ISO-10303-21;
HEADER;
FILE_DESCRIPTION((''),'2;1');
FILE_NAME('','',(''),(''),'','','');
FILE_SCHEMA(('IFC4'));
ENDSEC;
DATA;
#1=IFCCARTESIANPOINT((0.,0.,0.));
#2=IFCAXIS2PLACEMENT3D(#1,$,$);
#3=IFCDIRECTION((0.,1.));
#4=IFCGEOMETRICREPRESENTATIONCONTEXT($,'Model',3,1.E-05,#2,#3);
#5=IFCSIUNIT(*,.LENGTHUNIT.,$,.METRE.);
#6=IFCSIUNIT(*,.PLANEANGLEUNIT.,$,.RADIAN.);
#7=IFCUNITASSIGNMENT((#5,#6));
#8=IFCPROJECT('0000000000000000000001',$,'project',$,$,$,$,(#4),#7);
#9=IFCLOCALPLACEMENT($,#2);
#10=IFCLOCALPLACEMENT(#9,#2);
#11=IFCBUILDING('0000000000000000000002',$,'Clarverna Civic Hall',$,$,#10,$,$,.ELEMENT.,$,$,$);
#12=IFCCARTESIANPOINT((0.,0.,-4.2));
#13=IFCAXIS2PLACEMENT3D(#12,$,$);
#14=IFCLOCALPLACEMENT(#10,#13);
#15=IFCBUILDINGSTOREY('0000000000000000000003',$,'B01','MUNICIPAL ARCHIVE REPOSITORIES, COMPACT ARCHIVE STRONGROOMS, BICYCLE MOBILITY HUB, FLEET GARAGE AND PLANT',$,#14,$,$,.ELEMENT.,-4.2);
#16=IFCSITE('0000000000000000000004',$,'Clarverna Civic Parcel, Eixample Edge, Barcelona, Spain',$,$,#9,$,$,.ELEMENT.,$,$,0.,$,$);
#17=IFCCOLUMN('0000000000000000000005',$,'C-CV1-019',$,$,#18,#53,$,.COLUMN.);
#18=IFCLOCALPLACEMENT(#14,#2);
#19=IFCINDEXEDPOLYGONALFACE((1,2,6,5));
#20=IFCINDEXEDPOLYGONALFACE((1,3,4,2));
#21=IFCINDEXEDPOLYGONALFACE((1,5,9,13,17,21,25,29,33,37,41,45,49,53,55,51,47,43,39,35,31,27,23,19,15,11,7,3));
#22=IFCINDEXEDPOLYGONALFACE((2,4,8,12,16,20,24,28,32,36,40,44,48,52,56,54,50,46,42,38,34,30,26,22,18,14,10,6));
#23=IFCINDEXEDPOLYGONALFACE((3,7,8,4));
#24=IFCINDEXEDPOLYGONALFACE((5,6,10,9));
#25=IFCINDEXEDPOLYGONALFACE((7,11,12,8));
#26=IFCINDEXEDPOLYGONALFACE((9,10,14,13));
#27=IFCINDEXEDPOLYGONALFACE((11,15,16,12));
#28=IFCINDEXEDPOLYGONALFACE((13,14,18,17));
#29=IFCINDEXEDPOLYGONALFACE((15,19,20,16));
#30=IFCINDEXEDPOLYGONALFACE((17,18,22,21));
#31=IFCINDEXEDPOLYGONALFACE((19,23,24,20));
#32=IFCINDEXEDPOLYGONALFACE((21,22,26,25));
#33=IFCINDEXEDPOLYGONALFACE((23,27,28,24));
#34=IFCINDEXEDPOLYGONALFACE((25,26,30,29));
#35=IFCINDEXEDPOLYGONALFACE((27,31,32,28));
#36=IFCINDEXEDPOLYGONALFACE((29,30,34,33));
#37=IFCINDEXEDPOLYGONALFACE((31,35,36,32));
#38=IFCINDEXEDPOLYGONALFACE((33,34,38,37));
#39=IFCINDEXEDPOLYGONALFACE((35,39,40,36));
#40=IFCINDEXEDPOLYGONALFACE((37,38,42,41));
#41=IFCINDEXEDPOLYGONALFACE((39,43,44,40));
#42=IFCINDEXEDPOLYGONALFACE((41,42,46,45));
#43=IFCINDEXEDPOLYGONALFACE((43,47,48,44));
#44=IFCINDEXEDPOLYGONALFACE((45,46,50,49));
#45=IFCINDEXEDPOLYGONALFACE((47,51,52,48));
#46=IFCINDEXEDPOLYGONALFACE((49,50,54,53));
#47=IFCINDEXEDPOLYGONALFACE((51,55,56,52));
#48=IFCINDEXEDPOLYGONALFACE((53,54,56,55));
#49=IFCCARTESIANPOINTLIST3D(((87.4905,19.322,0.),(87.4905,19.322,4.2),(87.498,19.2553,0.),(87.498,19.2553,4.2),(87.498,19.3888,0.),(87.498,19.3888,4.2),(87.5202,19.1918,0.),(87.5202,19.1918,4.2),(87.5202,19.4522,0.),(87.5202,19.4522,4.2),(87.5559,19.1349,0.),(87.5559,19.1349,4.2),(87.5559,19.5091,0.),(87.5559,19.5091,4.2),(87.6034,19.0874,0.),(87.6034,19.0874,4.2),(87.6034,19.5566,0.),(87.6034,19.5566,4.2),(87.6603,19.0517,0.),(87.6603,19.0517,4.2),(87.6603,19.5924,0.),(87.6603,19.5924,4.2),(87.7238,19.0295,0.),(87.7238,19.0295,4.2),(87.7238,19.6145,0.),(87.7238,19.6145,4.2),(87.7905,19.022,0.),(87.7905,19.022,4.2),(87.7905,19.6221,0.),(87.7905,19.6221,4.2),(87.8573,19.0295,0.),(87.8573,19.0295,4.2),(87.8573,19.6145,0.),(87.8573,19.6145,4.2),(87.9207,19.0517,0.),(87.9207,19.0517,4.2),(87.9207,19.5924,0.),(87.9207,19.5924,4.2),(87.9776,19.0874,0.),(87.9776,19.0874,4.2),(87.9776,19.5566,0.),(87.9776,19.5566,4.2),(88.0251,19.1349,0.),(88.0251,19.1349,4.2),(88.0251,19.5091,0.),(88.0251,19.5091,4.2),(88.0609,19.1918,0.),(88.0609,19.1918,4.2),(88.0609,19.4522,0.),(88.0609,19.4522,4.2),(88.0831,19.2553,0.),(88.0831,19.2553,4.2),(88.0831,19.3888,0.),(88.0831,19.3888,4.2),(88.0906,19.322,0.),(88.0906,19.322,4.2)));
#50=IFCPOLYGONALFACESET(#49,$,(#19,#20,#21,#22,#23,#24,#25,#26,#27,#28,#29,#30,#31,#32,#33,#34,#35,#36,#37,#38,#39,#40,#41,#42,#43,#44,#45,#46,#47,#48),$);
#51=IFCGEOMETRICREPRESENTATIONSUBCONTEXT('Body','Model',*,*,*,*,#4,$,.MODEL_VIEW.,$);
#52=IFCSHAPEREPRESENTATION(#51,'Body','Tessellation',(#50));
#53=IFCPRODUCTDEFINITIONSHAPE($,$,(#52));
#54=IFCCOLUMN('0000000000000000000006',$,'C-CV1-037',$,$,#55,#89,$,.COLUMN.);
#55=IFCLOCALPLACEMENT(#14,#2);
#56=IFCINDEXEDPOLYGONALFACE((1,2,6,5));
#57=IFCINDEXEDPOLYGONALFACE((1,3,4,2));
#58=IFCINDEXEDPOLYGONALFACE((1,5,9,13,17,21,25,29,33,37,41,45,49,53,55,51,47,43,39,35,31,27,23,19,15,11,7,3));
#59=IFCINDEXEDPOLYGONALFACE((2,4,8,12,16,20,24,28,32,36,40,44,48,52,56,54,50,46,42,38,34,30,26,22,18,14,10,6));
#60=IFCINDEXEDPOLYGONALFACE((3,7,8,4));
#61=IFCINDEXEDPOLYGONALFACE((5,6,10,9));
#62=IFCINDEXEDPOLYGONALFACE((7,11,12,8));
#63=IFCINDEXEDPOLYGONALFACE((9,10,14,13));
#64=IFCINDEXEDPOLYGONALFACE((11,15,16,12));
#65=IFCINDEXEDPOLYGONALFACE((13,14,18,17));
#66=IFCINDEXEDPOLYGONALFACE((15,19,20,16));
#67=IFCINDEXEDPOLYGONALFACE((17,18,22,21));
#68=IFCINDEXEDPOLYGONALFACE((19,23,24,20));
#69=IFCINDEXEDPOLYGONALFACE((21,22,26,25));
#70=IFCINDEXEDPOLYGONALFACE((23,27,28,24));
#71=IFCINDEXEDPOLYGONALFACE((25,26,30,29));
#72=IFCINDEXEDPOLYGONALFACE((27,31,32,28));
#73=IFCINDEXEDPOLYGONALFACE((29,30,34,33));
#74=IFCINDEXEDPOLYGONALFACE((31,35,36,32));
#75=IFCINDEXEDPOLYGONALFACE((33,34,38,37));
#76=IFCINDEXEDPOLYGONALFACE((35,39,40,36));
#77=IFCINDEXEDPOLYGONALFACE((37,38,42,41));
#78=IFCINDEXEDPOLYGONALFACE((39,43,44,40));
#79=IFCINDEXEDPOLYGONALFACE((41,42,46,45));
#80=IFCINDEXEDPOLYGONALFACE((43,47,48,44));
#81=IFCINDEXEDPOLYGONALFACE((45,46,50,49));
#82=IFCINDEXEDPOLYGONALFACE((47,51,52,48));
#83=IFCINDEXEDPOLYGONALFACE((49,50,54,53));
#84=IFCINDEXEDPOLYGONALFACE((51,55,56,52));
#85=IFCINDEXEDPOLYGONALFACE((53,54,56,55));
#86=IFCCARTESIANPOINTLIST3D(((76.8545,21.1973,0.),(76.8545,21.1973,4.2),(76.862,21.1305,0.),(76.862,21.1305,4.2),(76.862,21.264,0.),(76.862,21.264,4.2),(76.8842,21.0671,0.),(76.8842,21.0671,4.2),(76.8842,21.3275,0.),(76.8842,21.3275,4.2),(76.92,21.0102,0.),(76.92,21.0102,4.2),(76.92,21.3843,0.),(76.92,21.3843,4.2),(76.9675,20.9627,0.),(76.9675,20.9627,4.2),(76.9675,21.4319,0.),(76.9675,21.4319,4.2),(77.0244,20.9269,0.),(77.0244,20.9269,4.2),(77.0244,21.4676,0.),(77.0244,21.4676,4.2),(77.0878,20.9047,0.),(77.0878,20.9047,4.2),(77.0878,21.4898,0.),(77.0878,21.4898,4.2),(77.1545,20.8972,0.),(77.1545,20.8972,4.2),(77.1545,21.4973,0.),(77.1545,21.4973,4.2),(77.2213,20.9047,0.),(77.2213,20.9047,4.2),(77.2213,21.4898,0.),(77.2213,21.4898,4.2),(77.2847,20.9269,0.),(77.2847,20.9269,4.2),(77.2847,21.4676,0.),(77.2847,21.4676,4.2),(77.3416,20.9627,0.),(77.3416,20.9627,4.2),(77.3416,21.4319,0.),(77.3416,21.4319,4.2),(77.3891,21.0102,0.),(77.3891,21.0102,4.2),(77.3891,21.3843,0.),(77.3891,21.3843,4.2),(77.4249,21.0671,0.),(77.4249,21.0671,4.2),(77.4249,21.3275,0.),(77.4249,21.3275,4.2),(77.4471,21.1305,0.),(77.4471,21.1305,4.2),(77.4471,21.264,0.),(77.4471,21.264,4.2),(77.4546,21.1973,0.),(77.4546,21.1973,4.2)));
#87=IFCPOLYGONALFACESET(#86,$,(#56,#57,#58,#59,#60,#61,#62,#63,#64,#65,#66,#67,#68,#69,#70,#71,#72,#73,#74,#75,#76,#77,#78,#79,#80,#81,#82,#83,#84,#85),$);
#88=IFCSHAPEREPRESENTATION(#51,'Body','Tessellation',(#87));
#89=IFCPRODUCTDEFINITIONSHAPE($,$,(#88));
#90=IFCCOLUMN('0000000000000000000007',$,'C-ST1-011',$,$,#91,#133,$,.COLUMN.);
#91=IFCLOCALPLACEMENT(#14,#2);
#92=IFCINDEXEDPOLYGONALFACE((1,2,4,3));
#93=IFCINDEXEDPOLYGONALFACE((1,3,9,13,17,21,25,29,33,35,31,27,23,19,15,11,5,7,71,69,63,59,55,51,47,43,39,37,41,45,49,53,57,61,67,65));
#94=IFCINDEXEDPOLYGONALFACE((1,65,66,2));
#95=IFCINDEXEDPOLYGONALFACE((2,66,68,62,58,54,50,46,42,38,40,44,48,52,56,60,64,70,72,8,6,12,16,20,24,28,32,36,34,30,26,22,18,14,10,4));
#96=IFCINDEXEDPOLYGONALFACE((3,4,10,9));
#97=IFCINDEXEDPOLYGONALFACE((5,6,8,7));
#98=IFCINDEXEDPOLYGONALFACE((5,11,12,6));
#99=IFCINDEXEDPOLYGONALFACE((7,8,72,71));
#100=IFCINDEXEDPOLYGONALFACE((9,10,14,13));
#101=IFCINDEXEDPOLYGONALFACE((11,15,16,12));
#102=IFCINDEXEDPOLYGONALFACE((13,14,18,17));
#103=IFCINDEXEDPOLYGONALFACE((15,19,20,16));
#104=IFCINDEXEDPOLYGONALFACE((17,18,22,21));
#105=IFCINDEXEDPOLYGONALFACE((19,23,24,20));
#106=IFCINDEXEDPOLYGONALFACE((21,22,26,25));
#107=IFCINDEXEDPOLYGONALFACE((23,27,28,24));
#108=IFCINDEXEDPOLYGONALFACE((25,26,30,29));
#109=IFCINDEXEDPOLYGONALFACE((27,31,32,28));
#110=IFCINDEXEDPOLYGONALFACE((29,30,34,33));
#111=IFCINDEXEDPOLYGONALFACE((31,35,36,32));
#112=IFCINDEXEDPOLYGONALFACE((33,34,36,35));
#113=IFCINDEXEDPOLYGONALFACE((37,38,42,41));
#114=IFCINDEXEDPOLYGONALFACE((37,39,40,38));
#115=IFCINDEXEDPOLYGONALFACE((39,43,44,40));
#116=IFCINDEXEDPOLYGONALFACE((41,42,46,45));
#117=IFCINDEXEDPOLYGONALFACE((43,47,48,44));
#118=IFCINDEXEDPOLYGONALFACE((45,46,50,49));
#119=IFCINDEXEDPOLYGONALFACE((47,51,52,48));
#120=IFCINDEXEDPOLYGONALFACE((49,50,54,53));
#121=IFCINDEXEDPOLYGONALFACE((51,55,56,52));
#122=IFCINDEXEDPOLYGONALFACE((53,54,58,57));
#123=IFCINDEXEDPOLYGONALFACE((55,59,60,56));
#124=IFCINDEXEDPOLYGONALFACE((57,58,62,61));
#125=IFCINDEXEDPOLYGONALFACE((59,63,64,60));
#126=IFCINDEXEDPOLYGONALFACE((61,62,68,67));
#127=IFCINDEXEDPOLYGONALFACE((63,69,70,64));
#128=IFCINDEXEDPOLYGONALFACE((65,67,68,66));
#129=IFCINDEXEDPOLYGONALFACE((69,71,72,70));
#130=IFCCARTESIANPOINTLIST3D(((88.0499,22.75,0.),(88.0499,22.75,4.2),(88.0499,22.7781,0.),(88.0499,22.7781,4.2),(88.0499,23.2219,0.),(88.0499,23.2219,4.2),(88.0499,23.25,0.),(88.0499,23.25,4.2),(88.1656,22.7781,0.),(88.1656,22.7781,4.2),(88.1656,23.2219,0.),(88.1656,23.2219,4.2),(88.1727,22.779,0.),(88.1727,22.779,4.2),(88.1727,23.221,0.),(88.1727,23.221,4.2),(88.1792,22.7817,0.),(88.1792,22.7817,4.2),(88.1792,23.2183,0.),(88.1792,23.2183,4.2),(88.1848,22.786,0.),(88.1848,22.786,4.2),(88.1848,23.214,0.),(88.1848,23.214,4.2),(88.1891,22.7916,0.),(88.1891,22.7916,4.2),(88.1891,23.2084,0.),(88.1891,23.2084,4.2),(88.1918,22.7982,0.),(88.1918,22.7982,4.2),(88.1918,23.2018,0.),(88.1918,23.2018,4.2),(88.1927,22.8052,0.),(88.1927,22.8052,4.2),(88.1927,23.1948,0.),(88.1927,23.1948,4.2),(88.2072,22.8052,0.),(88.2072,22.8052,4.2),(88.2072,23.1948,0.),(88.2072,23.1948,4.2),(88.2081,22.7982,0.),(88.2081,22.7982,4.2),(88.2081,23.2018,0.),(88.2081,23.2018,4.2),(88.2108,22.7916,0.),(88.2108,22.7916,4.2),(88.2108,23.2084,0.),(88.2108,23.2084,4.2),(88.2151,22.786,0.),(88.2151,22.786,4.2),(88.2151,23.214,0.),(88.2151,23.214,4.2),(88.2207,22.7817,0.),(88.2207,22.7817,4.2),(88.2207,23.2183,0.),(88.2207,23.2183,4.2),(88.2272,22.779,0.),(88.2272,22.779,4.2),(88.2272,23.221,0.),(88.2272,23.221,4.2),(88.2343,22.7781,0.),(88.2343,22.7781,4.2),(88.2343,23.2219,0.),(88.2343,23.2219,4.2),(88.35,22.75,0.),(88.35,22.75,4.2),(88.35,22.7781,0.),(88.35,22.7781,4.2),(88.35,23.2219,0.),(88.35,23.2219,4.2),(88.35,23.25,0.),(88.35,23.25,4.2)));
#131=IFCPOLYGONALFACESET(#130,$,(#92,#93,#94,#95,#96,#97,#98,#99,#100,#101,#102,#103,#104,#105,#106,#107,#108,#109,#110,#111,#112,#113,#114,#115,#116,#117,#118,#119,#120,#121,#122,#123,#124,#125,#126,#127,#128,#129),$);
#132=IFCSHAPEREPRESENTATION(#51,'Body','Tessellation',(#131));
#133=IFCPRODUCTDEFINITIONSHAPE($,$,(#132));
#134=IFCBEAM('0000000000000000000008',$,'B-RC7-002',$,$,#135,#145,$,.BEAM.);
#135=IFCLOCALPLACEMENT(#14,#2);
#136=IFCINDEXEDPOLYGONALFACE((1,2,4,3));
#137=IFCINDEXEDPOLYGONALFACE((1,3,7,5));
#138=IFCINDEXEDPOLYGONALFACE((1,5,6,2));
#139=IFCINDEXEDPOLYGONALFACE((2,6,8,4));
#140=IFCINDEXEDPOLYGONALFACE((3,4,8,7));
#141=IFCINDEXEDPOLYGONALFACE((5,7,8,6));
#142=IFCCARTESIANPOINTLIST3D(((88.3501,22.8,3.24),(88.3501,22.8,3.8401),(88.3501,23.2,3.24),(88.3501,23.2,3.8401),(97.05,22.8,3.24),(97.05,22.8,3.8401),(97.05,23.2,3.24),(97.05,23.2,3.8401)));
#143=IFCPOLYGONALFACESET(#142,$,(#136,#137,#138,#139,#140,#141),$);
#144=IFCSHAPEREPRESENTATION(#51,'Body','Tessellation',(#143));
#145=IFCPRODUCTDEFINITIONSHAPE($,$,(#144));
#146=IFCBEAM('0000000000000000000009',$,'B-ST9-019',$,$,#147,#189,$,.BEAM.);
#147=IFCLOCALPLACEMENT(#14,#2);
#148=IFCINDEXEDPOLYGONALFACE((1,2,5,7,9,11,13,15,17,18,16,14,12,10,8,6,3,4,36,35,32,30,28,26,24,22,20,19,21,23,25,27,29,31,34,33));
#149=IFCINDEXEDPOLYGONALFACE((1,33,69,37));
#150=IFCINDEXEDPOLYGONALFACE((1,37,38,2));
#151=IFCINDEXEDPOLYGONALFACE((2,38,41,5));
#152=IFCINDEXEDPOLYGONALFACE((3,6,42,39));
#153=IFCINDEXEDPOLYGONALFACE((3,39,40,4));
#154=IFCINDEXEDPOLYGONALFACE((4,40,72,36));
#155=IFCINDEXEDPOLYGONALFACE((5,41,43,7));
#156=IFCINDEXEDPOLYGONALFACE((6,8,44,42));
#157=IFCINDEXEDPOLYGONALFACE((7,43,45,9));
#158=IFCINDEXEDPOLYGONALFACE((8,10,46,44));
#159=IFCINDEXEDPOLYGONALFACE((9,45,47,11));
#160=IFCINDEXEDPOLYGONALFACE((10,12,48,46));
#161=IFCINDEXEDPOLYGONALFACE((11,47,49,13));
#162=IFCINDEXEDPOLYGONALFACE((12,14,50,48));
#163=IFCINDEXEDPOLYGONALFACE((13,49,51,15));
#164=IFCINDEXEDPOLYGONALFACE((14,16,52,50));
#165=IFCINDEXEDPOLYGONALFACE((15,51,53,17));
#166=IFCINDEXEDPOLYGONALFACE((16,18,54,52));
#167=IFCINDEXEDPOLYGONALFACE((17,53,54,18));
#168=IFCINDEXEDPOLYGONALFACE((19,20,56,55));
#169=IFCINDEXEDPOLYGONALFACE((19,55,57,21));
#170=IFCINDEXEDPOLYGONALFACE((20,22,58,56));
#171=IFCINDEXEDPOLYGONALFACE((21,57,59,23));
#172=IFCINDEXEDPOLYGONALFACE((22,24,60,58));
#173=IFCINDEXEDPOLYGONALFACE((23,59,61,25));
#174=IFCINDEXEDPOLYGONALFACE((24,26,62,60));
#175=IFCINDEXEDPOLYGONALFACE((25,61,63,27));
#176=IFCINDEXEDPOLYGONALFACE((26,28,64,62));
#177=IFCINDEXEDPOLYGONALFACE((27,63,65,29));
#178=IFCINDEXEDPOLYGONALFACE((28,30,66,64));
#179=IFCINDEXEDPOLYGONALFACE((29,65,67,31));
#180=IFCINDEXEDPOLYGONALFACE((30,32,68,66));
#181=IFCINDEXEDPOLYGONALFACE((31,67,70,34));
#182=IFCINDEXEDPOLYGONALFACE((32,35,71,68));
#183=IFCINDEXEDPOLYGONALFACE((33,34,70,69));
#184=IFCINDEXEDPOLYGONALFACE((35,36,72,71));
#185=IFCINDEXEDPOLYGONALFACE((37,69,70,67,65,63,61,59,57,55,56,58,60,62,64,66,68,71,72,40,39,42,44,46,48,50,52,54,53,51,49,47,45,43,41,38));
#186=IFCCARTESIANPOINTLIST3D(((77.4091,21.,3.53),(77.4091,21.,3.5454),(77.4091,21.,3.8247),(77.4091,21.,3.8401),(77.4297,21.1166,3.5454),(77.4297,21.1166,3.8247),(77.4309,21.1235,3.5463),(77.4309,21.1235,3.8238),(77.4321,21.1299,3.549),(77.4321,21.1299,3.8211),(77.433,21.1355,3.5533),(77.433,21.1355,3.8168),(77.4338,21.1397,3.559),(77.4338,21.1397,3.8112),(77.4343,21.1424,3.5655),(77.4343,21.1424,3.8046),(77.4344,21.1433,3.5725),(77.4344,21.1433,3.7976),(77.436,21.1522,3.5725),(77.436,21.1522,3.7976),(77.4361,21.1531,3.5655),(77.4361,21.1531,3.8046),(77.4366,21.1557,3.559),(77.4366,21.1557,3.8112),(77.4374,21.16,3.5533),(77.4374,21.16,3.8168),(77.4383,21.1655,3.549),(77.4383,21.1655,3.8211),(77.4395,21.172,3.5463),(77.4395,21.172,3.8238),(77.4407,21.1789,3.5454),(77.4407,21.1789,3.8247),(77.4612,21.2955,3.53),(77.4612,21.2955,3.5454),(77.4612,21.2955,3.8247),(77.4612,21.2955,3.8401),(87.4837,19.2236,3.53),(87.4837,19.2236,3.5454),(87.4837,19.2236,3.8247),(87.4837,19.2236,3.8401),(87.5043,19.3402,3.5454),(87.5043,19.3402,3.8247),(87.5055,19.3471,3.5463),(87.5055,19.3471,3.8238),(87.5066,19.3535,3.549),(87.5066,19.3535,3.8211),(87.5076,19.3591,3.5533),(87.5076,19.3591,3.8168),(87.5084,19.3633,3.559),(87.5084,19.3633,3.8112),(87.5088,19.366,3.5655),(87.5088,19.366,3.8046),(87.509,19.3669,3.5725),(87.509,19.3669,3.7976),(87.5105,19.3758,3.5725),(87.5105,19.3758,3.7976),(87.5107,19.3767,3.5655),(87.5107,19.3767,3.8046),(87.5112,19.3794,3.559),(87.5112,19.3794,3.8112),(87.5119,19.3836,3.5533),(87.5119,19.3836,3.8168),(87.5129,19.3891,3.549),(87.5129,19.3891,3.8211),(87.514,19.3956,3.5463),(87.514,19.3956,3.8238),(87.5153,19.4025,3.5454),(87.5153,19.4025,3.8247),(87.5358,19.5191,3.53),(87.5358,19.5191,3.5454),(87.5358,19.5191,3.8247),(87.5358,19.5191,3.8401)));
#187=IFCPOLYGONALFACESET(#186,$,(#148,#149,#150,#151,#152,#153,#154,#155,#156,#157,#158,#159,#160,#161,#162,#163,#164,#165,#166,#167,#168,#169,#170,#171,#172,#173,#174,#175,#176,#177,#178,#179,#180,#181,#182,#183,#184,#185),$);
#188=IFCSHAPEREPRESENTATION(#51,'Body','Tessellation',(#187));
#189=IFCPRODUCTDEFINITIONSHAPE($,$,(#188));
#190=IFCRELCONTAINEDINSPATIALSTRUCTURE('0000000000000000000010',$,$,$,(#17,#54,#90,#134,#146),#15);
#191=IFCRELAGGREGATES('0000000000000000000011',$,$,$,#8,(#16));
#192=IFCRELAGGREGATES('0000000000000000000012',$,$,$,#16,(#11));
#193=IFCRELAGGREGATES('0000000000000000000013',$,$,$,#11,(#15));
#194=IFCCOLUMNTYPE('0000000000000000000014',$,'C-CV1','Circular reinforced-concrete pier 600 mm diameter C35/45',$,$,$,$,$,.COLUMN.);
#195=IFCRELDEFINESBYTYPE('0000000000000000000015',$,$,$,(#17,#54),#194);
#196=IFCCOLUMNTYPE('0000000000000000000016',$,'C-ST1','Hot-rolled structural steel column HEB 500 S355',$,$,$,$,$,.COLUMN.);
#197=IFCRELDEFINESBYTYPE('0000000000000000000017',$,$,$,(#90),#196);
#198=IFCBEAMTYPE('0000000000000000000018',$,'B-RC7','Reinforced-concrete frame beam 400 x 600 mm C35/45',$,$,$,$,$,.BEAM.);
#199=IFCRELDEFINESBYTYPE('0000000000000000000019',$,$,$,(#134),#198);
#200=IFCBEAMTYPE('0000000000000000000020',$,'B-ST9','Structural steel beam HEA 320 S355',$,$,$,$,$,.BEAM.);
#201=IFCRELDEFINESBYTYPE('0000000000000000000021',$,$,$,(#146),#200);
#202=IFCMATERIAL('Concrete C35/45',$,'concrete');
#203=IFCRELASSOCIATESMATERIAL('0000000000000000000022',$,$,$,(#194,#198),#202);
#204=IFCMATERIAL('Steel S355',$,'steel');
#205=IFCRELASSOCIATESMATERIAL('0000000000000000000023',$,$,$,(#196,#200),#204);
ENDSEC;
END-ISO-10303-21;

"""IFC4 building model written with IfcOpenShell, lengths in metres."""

from ifc_helpers import new_model, si_unit, direction, frame, origin, origin_2d, place, context, subcontext, project, spatial, rectangle, circle, i_section, extrude, material, material_profile, profile_set, type_object, element, save


model = new_model("IFC4")

# Units and contexts
model_context = context("Model", 3, precision=1e-05, world=origin(), true_north=direction((0.0, 1.0)))
body_context = subcontext(model_context, "Body", "Model", "MODEL_VIEW")
ifc_project = project(units=[si_unit("LENGTHUNIT", "METRE"), si_unit("PLANEANGLEUNIT", "RADIAN")], contexts=[model_context])

# Site, building, storey
site_placement = place(None, origin())
site = spatial("IfcSite", under=ifc_project, at=site_placement, Name="Clarverna Civic Parcel, Eixample Edge, Barcelona, Spain", CompositionType="ELEMENT", RefElevation=0.0)
building_placement = place(site_placement, origin())
building = spatial("IfcBuilding", under=site, at=building_placement, Name="Clarverna Civic Hall", CompositionType="ELEMENT")
storey_placement = place(building_placement, frame((0.0, 0.0, -4.2)))
storey = spatial("IfcBuildingStorey", under=building, at=storey_placement, Name="B01", Description="MUNICIPAL ARCHIVE REPOSITORIES, COMPACT ARCHIVE STRONGROOMS, BICYCLE MOBILITY HUB, FLEET GARAGE AND PLANT", CompositionType="ELEMENT", Elevation=-4.2)

# Columns
ifc_material_1 = material(Name="Concrete C35/45", Category="concrete")
ifc_material_profile_1 = material_profile(ifc_material_1, circle(Radius=0.3, at=origin_2d()), Name="RC D600")
ifc_profile_set_1 = profile_set([ifc_material_profile_1], Name="Concrete C35/45")
column_type_1 = type_object("IfcColumnType", Name="C-CV1", Description="Circular reinforced-concrete pier 600 mm diameter C35/45", PredefinedType="COLUMN", material=ifc_profile_set_1)
for number, where, z_axis, x_axis, name in (
    (1, (87.7905, 19.322, 0.0), (0.0, 0.0, 1.0), (1.0, 0.0, 0.0), "C-CV1-019"),
    (2, (77.1545, 21.1973, 0.0), (0.0, 0.0, 1.0), (1.0, 0.0, 0.0), "C-CV1-037"),
):
    element("IfcColumn", number, at=place(storey_placement, frame(where, z_axis=z_axis, x_axis=x_axis)), inside=storey, type_object=column_type_1, Name=name, PredefinedType="COLUMN", context=body_context, shape_type="SweptSolid", body=[
        extrude(circle(Radius=0.3, at=origin_2d()), origin(), (0.0, 0.0, 1.0), 4.2),
    ])
ifc_material_2 = material(Name="Steel S355", Category="steel")
ifc_material_profile_2 = material_profile(ifc_material_2, i_section(OverallWidth=0.3, OverallDepth=0.5, WebThickness=0.0144, FlangeThickness=0.0281, FilletRadius=0.0271, at=origin_2d()), Name="HEB 500")
ifc_profile_set_2 = profile_set([ifc_material_profile_2], Name="Steel S355")
column_type_2 = type_object("IfcColumnType", Name="C-ST1", Description="Hot-rolled structural steel column HEB 500 S355", PredefinedType="COLUMN", material=ifc_profile_set_2)
column_placement = place(storey_placement, frame((88.2, 23.0, 0.0), z_axis=(0.0, 0.0, 1.0), x_axis=(1.0, 0.0, 0.0)))
element("IfcColumn", 3, at=column_placement, inside=storey, type_object=column_type_2, Name="C-ST1-011", PredefinedType="COLUMN", context=body_context, shape_type="SweptSolid", body=[
    extrude(i_section(OverallWidth=0.3, OverallDepth=0.5, WebThickness=0.0144, FlangeThickness=0.0281, FilletRadius=0.0271, at=origin_2d()), origin(), (0.0, 0.0, 1.0), 4.2),
])

# Beams
ifc_material_profile_3 = material_profile(ifc_material_1, rectangle(XDim=0.3999, YDim=0.6001, at=origin_2d()), Name="RC 400x600")
ifc_profile_set_3 = profile_set([ifc_material_profile_3], Name="Concrete C35/45")
beam_type_1 = type_object("IfcBeamType", Name="B-RC7", Description="Reinforced-concrete frame beam 400 x 600 mm C35/45", PredefinedType="BEAM", material=ifc_profile_set_3)
beam_1_placement = place(storey_placement, frame((88.3501, 23.0, 3.54), z_axis=(1.0, 0.0, 0.0), x_axis=(0.0, 1.0, 0.0)))
element("IfcBeam", 4, at=beam_1_placement, inside=storey, type_object=beam_type_1, Name="B-RC7-002", PredefinedType="BEAM", context=body_context, shape_type="SweptSolid", body=[
    extrude(rectangle(XDim=0.3999, YDim=0.6001, at=origin_2d()), origin(), (0.0, 0.0, 1.0), 8.7),
])
ifc_material_profile_4 = material_profile(ifc_material_2, i_section(OverallWidth=0.3, OverallDepth=0.3101, WebThickness=0.009, FlangeThickness=0.0154, FilletRadius=0.0271, at=origin_2d()), Name="HEA 320")
ifc_profile_set_4 = profile_set([ifc_material_profile_4], Name="Steel S355")
beam_type_2 = type_object("IfcBeamType", Name="B-ST9", Description="Structural steel beam HEA 320 S355", PredefinedType="BEAM", material=ifc_profile_set_4)
beam_2_placement = place(storey_placement, frame((87.5098, 19.3713, 3.6851), z_axis=(-0.984808, 0.173645, 0.0), x_axis=(-0.173645, -0.984808, 0.0)))
element("IfcBeam", 5, at=beam_2_placement, inside=storey, type_object=beam_type_2, Name="B-ST9-019", PredefinedType="BEAM", context=body_context, shape_type="SweptSolid", body=[
    extrude(i_section(OverallWidth=0.3, OverallDepth=0.3101, WebThickness=0.009, FlangeThickness=0.0154, FilletRadius=0.0271, at=origin_2d()), origin(), (0.0, 0.0, 1.0), 10.23),
])

save(model, "model.ifc")
